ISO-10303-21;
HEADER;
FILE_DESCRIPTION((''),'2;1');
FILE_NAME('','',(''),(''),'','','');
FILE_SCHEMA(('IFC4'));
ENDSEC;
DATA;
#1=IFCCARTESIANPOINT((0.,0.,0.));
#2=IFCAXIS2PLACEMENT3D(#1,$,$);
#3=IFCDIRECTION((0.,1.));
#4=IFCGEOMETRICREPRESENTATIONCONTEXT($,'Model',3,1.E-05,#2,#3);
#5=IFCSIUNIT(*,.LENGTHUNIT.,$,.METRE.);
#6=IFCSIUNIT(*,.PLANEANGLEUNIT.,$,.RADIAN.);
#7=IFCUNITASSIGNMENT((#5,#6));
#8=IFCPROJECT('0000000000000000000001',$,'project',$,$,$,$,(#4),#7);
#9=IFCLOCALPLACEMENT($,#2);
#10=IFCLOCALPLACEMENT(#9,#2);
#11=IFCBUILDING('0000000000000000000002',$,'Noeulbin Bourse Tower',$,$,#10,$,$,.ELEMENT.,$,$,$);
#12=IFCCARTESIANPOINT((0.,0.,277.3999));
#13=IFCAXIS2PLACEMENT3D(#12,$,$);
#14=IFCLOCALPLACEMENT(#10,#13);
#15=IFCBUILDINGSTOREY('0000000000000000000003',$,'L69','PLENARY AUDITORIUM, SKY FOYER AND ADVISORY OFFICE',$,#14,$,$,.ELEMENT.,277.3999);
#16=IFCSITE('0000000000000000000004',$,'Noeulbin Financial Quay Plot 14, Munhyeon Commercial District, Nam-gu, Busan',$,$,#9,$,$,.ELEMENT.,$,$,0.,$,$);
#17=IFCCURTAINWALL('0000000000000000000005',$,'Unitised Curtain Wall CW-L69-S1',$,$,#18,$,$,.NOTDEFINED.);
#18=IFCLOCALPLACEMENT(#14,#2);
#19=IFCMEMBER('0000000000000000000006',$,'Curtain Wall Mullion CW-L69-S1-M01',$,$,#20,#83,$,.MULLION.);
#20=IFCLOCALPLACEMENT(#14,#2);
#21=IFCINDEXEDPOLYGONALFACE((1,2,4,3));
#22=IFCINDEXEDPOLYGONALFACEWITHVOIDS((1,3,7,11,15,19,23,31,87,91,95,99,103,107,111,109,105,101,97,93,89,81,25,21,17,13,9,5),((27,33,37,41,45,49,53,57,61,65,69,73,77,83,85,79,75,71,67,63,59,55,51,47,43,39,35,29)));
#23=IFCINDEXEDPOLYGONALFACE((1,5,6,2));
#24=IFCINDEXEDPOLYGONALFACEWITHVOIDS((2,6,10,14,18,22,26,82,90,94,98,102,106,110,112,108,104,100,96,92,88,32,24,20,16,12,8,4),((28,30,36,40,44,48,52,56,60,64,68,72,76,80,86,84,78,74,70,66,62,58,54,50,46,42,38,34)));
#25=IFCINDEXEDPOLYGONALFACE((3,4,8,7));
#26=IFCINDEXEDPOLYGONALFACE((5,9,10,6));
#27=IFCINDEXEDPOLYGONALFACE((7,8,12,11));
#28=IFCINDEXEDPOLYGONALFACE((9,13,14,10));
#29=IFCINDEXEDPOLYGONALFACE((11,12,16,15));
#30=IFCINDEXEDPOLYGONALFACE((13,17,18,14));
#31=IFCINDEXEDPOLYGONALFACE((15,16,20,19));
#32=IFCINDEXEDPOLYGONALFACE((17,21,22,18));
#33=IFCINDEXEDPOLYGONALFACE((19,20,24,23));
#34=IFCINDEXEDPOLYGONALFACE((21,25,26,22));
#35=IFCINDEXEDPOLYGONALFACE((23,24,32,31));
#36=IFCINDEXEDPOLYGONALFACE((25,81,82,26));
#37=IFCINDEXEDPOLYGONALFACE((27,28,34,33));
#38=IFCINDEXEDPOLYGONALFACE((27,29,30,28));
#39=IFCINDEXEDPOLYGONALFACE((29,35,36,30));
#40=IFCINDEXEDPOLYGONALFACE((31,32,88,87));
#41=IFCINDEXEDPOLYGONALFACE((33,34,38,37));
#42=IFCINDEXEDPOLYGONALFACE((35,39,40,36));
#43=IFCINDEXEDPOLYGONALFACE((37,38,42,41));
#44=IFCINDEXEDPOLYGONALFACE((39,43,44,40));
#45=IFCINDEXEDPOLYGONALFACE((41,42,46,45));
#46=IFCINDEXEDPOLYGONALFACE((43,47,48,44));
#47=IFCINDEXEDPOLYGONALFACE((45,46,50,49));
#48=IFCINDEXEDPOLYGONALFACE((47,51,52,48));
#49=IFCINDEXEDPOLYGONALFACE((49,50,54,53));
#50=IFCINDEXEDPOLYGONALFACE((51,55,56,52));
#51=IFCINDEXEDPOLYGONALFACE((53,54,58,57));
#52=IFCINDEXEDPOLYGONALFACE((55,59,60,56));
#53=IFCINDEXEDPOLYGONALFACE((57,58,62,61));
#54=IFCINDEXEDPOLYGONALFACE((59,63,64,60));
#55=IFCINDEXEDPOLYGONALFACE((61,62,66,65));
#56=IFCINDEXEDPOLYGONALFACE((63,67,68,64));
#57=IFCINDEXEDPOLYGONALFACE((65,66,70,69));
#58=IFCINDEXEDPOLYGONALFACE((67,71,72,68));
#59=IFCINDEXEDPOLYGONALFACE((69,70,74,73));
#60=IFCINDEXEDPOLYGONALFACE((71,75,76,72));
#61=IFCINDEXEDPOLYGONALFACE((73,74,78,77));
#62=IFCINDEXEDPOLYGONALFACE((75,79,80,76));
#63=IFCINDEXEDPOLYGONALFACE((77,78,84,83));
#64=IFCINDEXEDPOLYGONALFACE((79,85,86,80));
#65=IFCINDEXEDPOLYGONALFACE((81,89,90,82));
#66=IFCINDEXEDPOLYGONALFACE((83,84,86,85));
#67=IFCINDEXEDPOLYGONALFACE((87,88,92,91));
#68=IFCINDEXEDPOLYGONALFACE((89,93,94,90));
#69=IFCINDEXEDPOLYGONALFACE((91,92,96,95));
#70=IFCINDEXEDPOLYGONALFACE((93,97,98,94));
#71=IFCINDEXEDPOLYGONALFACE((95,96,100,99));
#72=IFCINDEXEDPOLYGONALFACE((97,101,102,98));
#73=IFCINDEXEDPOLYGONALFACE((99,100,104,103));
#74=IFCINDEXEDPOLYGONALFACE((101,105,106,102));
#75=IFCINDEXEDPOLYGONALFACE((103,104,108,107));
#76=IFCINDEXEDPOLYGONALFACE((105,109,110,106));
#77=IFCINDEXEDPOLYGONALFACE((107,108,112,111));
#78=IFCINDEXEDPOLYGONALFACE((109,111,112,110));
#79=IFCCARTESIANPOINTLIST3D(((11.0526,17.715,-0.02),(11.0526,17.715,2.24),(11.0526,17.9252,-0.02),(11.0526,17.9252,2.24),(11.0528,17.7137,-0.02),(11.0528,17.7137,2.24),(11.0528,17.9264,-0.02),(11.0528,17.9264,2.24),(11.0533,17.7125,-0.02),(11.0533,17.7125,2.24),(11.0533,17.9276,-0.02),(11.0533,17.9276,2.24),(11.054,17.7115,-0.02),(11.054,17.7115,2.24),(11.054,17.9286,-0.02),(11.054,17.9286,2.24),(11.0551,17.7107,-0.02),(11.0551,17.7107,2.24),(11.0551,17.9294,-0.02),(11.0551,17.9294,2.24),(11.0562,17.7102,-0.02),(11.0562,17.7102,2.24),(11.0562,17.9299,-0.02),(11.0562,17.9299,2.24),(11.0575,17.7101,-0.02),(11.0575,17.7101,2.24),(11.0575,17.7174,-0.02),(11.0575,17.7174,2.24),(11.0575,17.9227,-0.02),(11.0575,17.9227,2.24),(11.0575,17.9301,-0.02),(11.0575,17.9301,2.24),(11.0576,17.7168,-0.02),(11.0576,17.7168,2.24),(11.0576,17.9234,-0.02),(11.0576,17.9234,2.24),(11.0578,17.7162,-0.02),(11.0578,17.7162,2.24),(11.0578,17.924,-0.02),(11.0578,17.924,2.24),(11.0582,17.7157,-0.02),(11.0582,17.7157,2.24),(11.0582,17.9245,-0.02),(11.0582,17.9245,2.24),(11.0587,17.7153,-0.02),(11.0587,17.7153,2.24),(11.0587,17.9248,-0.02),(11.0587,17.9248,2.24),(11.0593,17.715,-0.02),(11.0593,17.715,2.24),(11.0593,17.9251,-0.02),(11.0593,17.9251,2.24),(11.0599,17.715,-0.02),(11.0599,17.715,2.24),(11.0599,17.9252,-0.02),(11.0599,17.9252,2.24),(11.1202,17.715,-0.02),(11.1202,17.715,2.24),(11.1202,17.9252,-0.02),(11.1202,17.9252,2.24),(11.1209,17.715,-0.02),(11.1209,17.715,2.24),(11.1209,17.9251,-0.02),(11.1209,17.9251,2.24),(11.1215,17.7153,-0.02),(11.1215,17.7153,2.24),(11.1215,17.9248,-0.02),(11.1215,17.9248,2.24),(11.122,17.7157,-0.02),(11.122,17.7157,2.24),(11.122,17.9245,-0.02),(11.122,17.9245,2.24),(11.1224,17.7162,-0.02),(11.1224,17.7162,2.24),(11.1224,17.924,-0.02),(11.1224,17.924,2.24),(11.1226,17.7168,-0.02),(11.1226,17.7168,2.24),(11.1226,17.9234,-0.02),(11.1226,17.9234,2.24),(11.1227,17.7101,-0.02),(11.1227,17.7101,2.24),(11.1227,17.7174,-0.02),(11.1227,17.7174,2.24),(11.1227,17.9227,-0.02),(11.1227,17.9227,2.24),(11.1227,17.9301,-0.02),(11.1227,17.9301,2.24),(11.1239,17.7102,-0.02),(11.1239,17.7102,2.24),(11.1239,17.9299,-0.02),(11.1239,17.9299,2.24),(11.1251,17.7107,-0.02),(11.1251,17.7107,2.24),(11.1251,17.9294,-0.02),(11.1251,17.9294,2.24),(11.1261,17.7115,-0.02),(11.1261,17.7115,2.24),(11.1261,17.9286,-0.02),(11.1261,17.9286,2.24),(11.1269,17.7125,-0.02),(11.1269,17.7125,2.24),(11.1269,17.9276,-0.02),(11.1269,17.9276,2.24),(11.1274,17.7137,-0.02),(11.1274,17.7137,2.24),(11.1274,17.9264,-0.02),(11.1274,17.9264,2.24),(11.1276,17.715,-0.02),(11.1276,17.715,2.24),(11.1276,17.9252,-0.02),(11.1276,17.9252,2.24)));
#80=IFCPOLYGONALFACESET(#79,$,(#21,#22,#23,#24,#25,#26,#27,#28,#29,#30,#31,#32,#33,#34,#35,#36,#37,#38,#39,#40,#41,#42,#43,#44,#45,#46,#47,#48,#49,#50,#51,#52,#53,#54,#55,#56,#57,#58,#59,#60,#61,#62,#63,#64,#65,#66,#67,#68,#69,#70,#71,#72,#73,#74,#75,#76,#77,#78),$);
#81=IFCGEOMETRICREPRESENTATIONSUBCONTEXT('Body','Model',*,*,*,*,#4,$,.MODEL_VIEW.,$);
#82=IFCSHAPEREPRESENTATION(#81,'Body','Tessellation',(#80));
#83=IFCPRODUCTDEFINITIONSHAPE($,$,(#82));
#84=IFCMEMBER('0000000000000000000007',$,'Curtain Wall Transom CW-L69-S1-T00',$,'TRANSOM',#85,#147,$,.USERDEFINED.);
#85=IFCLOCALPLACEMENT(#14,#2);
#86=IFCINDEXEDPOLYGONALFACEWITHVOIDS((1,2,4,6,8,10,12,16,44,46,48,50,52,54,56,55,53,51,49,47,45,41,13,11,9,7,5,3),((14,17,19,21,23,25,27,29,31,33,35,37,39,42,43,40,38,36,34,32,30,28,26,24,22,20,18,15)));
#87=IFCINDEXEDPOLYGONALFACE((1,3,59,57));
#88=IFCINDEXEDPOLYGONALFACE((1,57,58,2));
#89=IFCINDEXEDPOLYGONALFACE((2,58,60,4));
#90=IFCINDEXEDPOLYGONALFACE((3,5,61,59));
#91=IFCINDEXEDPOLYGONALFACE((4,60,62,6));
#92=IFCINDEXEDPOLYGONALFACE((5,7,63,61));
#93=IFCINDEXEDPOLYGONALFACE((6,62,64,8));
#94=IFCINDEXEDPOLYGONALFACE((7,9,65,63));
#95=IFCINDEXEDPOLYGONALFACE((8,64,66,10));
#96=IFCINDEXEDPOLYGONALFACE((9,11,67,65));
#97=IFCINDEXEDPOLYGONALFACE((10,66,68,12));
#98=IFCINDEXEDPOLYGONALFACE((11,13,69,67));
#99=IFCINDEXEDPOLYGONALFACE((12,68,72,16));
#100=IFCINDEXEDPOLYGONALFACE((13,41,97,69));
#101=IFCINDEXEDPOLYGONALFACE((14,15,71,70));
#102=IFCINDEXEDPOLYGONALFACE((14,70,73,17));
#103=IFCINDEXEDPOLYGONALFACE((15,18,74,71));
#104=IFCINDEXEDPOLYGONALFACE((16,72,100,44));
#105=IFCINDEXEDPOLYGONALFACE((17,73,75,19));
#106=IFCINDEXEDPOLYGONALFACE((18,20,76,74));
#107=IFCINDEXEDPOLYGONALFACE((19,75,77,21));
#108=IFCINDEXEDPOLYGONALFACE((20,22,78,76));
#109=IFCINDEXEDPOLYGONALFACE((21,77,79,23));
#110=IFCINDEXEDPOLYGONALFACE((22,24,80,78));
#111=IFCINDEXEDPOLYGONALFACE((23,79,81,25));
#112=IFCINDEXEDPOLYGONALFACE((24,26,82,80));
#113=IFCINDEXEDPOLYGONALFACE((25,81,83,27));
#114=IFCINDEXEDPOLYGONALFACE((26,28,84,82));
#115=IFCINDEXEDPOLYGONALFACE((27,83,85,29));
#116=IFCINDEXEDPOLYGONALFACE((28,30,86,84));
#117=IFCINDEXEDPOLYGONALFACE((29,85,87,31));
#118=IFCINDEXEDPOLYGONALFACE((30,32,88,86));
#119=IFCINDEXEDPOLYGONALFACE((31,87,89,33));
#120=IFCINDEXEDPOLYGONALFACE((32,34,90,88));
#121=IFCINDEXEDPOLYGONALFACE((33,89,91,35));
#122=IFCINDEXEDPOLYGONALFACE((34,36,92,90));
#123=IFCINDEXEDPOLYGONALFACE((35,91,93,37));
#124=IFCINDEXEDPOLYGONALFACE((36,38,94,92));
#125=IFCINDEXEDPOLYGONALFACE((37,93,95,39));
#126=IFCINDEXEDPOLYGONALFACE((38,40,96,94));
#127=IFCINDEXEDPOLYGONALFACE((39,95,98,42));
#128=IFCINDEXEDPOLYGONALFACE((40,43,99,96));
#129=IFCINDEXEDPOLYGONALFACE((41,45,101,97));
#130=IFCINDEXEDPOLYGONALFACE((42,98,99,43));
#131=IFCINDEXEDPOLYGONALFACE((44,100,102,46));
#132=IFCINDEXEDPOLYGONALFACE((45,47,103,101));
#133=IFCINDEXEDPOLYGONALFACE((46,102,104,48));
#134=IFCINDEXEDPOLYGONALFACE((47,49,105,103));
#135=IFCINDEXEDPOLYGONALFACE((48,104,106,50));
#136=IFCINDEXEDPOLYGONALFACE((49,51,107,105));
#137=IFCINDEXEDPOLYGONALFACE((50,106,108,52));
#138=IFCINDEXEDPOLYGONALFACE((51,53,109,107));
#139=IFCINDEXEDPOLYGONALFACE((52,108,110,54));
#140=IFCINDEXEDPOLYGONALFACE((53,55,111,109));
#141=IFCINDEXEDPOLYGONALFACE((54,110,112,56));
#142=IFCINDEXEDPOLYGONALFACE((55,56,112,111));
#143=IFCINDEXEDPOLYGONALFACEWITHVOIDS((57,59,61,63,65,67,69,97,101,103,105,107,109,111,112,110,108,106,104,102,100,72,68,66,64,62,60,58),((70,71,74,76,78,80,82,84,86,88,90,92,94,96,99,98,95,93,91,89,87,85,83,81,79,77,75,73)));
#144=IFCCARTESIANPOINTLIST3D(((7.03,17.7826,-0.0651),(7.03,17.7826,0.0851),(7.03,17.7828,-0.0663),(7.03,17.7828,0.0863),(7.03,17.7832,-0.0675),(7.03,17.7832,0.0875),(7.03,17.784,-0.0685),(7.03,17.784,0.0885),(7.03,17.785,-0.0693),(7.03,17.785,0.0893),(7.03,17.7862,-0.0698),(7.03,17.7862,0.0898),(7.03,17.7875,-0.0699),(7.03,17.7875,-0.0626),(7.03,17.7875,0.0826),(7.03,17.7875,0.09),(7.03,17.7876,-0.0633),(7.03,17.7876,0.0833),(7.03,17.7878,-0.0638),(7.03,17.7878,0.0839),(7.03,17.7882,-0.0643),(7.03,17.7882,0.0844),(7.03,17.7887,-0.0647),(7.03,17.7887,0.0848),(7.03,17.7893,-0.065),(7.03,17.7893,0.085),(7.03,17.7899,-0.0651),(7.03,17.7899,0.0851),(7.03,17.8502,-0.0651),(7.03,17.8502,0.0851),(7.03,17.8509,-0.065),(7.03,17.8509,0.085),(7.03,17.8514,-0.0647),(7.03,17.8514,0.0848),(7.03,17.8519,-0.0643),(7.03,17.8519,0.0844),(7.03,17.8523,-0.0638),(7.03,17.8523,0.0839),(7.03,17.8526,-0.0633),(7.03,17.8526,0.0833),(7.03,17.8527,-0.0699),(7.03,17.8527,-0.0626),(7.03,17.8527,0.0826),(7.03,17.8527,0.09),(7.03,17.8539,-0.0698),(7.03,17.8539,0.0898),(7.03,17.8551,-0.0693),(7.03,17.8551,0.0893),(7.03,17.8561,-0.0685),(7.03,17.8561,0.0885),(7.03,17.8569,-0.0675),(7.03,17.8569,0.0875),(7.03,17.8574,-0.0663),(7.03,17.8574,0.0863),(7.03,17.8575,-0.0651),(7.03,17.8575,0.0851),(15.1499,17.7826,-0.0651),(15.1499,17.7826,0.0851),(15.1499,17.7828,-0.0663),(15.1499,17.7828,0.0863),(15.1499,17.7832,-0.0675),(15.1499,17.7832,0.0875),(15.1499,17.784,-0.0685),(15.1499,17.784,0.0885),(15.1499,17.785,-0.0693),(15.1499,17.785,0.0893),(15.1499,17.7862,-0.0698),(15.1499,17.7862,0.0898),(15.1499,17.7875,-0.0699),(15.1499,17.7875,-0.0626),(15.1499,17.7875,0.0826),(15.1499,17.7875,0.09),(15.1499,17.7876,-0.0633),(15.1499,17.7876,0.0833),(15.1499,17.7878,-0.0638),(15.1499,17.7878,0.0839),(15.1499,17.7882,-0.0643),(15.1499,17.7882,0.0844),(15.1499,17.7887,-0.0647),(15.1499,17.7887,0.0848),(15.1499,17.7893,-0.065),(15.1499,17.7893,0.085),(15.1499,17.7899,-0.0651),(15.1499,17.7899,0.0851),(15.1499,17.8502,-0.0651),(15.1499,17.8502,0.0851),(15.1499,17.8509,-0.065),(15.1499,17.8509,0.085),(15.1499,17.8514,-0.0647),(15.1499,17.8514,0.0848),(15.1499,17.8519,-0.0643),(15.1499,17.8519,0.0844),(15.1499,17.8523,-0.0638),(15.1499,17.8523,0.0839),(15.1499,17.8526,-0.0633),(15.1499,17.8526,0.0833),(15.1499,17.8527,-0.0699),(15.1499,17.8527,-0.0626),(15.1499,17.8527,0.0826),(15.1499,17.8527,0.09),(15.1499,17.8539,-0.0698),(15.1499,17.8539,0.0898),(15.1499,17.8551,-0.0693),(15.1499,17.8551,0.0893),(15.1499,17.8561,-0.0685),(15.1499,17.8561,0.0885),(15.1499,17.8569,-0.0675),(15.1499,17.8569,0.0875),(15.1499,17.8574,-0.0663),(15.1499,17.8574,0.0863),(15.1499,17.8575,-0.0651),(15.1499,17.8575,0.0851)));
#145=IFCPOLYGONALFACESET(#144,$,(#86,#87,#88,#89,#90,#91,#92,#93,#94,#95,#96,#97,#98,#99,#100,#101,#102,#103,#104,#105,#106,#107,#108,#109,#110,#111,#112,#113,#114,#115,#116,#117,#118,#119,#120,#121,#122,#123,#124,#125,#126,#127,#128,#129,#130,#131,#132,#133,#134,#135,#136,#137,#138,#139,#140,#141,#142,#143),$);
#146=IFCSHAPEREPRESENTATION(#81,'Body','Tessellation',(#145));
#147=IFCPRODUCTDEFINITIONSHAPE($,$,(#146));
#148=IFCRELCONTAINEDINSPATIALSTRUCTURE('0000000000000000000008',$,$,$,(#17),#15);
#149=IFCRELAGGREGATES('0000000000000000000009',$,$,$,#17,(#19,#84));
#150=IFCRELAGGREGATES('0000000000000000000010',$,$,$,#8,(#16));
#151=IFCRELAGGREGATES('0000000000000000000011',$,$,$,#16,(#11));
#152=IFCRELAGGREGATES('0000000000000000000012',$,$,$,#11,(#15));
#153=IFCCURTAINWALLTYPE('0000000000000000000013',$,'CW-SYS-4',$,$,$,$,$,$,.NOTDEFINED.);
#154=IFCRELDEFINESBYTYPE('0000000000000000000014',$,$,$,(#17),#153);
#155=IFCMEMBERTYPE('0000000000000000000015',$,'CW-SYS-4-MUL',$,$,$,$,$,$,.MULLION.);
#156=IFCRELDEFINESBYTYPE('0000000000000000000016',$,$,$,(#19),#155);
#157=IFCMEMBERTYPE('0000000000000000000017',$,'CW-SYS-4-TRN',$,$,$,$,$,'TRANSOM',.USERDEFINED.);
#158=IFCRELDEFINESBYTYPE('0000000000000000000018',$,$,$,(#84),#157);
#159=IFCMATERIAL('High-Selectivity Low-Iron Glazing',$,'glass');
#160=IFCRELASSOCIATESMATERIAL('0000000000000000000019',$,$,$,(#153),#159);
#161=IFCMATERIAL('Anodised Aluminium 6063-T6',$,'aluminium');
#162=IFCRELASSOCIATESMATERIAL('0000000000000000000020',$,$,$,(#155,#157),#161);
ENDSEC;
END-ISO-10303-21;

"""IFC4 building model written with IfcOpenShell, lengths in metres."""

from ifc_helpers import new_model, si_unit, direction, frame, origin, origin_2d, place, context, subcontext, project, spatial, hollow_rectangle, extrude, material, material_profile, profile_set, type_object, element, aggregate, save


model = new_model("IFC4")

# Units and contexts
model_context = context("Model", 3, precision=1e-05, world=origin(), true_north=direction((0.0, 1.0)))
body_context = subcontext(model_context, "Body", "Model", "MODEL_VIEW")
ifc_project = project(units=[si_unit("LENGTHUNIT", "METRE"), si_unit("PLANEANGLEUNIT", "RADIAN")], contexts=[model_context])

# Site, building, storey
site_placement = place(None, origin())
site = spatial("IfcSite", under=ifc_project, at=site_placement, Name="Noeulbin Financial Quay Plot 14, Munhyeon Commercial District, Nam-gu, Busan", CompositionType="ELEMENT", RefElevation=0.0)
building_placement = place(site_placement, origin())
building = spatial("IfcBuilding", under=site, at=building_placement, Name="Noeulbin Bourse Tower", CompositionType="ELEMENT")
storey_placement = place(building_placement, frame((0.0, 0.0, 277.3999)))
storey = spatial("IfcBuildingStorey", under=building, at=storey_placement, Name="L69", Description="PLENARY AUDITORIUM, SKY FOYER AND ADVISORY OFFICE", CompositionType="ELEMENT", Elevation=277.3999)

# Curtain wall, members
ifc_material_1 = material(Name="High-Selectivity Low-Iron Glazing", Category="glass")
curtain_wall_type = type_object("IfcCurtainWallType", Name="CW-SYS-4", PredefinedType="NOTDEFINED", material=ifc_material_1)
curtain_wall_placement = place(storey_placement, origin())
curtain_wall = element("IfcCurtainWall", 1, at=curtain_wall_placement, inside=storey, type_object=curtain_wall_type, Name="Unitised Curtain Wall CW-L69-S1", PredefinedType="NOTDEFINED")
ifc_material_2 = material(Name="Anodised Aluminium 6063-T6", Category="aluminium")
ifc_material_profile_1 = material_profile(ifc_material_2, hollow_rectangle(XDim=0.075, YDim=0.22, WallThickness=0.0049, InnerFilletRadius=0.0024, OuterFilletRadius=0.0049, at=origin_2d()), Name="ALU-MULL-75x220x5", Category="LoadBearing")
ifc_profile_set_1 = profile_set([ifc_material_profile_1], Name="Anodised Aluminium 6063-T6")
member_type_1 = type_object("IfcMemberType", Name="CW-SYS-4-MUL", PredefinedType="MULLION", material=ifc_profile_set_1)
member_1_placement = place(storey_placement, frame((11.0901, 17.8201, -0.02), z_axis=(0.0, 0.0, 1.0), x_axis=(1.0, 0.0, 0.0)))
member_1 = element("IfcMember", 2, at=member_1_placement, type_object=member_type_1, Name="Curtain Wall Mullion CW-L69-S1-M01", PredefinedType="MULLION", context=body_context, shape_type="SweptSolid", body=[
    extrude(hollow_rectangle(XDim=0.075, YDim=0.22, WallThickness=0.0049, InnerFilletRadius=0.0024, OuterFilletRadius=0.0049, at=origin_2d()), origin(), (0.0, 0.0, 1.0), 2.26),
])
ifc_material_profile_2 = material_profile(ifc_material_2, hollow_rectangle(XDim=0.075, YDim=0.1599, WallThickness=0.0049, InnerFilletRadius=0.0024, OuterFilletRadius=0.0049, at=origin_2d()), Name="ALU-TRAN-75x160x5", Category="LoadBearing")
ifc_profile_set_2 = profile_set([ifc_material_profile_2], Name="Anodised Aluminium 6063-T6")
member_type_2 = type_object("IfcMemberType", Name="CW-SYS-4-TRN", ElementType="TRANSOM", PredefinedType="USERDEFINED", material=ifc_profile_set_2)
member_2_placement = place(storey_placement, frame((7.03, 17.8201, 0.01), z_axis=(1.0, 0.0, 0.0), x_axis=(0.0, 1.0, 0.0)))
member_2 = element("IfcMember", 3, at=member_2_placement, type_object=member_type_2, Name="Curtain Wall Transom CW-L69-S1-T00", ObjectType="TRANSOM", PredefinedType="USERDEFINED", context=body_context, shape_type="SweptSolid", body=[
    extrude(hollow_rectangle(XDim=0.075, YDim=0.1599, WallThickness=0.0049, InnerFilletRadius=0.0024, OuterFilletRadius=0.0049, at=origin_2d()), origin(), (0.0, 0.0, 1.0), 8.1199),
])
aggregate(curtain_wall, [member_1, member_2])

save(model, "model.ifc")
